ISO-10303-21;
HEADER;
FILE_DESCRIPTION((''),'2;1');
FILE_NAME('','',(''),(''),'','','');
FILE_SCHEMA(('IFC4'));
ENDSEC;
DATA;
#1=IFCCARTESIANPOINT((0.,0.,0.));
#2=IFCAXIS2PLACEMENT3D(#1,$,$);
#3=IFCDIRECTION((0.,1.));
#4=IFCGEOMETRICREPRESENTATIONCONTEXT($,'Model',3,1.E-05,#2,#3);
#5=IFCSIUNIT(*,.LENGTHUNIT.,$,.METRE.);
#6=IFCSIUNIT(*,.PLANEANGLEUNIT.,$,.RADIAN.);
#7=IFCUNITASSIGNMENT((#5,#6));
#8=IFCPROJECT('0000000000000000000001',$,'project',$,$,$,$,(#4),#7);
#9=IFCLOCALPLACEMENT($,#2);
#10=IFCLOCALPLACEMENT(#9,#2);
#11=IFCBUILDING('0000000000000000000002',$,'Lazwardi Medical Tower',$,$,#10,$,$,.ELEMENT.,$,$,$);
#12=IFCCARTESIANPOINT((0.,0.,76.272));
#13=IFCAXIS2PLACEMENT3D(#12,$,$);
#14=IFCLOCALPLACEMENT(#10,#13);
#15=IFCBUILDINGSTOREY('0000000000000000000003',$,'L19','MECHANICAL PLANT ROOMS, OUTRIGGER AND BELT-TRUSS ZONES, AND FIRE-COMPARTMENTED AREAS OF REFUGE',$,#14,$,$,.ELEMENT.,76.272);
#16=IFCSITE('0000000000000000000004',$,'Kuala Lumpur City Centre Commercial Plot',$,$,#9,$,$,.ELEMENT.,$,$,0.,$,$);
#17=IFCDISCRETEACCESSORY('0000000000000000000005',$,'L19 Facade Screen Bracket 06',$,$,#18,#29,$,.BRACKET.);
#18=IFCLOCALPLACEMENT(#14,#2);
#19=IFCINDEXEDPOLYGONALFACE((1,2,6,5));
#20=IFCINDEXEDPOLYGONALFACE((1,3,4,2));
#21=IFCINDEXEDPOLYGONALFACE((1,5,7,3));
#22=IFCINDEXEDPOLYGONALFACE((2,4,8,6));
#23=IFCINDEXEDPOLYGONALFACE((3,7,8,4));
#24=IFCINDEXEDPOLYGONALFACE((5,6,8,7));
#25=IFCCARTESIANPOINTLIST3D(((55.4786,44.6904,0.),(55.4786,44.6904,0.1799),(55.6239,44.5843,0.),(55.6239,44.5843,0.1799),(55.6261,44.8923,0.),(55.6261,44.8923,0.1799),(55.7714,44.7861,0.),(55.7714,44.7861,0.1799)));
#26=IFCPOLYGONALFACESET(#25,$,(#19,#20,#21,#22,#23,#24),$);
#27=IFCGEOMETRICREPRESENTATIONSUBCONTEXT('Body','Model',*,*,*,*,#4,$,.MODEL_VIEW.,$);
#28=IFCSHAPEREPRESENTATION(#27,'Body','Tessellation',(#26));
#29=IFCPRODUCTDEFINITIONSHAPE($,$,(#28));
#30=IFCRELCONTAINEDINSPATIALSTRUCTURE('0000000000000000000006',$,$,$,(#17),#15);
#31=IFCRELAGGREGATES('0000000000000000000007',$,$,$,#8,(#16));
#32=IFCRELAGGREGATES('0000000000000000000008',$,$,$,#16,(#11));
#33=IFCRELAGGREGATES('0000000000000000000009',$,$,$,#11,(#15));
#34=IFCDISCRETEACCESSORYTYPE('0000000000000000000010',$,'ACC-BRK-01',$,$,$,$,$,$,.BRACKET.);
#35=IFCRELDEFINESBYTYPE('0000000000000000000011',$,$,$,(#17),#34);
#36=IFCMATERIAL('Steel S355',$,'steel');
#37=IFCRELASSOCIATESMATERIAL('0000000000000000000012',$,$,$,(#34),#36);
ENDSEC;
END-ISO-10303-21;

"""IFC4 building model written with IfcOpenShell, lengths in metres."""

from ifc_helpers import new_model, si_unit, direction, frame, origin, origin_2d, place, context, subcontext, project, spatial, rectangle, extrude, material, type_object, element, save


model = new_model("IFC4")

# Units and contexts
model_context = context("Model", 3, precision=1e-05, world=origin(), true_north=direction((0.0, 1.0)))
body_context = subcontext(model_context, "Body", "Model", "MODEL_VIEW")
ifc_project = project(units=[si_unit("LENGTHUNIT", "METRE"), si_unit("PLANEANGLEUNIT", "RADIAN")], contexts=[model_context])

# Site, building, storey
site_placement = place(None, origin())
site = spatial("IfcSite", under=ifc_project, at=site_placement, Name="Kuala Lumpur City Centre Commercial Plot", CompositionType="ELEMENT", RefElevation=0.0)
building_placement = place(site_placement, origin())
building = spatial("IfcBuilding", under=site, at=building_placement, Name="Lazwardi Medical Tower", CompositionType="ELEMENT")
storey_placement = place(building_placement, frame((0.0, 0.0, 76.272)))
storey = spatial("IfcBuildingStorey", under=building, at=storey_placement, Name="L19", Description="MECHANICAL PLANT ROOMS, OUTRIGGER AND BELT-TRUSS ZONES, AND FIRE-COMPARTMENTED AREAS OF REFUGE", CompositionType="ELEMENT", Elevation=76.272)

# Shared definitions
ifc_material_1 = material(Name="Steel S355", Category="steel")

# Discrete accessory
discrete_accessory_type = type_object("IfcDiscreteAccessoryType", Name="ACC-BRK-01", PredefinedType="BRACKET", material=ifc_material_1)
discrete_accessory_placement = place(storey_placement, frame((55.625, 44.7383, 0.0), z_axis=(0.0, 0.0, 1.0), x_axis=(-0.807456, 0.589928, 0.0)))
element("IfcDiscreteAccessory", 1, at=discrete_accessory_placement, inside=storey, type_object=discrete_accessory_type, Name="L19 Facade Screen Bracket 06", PredefinedType="BRACKET", context=body_context, shape_type="SweptSolid", body=[
    extrude(rectangle(XDim=0.1799, YDim=0.25, at=origin_2d()), origin(), (0.0, 0.0, 1.0), 0.1799),
])

save(model, "model.ifc")
